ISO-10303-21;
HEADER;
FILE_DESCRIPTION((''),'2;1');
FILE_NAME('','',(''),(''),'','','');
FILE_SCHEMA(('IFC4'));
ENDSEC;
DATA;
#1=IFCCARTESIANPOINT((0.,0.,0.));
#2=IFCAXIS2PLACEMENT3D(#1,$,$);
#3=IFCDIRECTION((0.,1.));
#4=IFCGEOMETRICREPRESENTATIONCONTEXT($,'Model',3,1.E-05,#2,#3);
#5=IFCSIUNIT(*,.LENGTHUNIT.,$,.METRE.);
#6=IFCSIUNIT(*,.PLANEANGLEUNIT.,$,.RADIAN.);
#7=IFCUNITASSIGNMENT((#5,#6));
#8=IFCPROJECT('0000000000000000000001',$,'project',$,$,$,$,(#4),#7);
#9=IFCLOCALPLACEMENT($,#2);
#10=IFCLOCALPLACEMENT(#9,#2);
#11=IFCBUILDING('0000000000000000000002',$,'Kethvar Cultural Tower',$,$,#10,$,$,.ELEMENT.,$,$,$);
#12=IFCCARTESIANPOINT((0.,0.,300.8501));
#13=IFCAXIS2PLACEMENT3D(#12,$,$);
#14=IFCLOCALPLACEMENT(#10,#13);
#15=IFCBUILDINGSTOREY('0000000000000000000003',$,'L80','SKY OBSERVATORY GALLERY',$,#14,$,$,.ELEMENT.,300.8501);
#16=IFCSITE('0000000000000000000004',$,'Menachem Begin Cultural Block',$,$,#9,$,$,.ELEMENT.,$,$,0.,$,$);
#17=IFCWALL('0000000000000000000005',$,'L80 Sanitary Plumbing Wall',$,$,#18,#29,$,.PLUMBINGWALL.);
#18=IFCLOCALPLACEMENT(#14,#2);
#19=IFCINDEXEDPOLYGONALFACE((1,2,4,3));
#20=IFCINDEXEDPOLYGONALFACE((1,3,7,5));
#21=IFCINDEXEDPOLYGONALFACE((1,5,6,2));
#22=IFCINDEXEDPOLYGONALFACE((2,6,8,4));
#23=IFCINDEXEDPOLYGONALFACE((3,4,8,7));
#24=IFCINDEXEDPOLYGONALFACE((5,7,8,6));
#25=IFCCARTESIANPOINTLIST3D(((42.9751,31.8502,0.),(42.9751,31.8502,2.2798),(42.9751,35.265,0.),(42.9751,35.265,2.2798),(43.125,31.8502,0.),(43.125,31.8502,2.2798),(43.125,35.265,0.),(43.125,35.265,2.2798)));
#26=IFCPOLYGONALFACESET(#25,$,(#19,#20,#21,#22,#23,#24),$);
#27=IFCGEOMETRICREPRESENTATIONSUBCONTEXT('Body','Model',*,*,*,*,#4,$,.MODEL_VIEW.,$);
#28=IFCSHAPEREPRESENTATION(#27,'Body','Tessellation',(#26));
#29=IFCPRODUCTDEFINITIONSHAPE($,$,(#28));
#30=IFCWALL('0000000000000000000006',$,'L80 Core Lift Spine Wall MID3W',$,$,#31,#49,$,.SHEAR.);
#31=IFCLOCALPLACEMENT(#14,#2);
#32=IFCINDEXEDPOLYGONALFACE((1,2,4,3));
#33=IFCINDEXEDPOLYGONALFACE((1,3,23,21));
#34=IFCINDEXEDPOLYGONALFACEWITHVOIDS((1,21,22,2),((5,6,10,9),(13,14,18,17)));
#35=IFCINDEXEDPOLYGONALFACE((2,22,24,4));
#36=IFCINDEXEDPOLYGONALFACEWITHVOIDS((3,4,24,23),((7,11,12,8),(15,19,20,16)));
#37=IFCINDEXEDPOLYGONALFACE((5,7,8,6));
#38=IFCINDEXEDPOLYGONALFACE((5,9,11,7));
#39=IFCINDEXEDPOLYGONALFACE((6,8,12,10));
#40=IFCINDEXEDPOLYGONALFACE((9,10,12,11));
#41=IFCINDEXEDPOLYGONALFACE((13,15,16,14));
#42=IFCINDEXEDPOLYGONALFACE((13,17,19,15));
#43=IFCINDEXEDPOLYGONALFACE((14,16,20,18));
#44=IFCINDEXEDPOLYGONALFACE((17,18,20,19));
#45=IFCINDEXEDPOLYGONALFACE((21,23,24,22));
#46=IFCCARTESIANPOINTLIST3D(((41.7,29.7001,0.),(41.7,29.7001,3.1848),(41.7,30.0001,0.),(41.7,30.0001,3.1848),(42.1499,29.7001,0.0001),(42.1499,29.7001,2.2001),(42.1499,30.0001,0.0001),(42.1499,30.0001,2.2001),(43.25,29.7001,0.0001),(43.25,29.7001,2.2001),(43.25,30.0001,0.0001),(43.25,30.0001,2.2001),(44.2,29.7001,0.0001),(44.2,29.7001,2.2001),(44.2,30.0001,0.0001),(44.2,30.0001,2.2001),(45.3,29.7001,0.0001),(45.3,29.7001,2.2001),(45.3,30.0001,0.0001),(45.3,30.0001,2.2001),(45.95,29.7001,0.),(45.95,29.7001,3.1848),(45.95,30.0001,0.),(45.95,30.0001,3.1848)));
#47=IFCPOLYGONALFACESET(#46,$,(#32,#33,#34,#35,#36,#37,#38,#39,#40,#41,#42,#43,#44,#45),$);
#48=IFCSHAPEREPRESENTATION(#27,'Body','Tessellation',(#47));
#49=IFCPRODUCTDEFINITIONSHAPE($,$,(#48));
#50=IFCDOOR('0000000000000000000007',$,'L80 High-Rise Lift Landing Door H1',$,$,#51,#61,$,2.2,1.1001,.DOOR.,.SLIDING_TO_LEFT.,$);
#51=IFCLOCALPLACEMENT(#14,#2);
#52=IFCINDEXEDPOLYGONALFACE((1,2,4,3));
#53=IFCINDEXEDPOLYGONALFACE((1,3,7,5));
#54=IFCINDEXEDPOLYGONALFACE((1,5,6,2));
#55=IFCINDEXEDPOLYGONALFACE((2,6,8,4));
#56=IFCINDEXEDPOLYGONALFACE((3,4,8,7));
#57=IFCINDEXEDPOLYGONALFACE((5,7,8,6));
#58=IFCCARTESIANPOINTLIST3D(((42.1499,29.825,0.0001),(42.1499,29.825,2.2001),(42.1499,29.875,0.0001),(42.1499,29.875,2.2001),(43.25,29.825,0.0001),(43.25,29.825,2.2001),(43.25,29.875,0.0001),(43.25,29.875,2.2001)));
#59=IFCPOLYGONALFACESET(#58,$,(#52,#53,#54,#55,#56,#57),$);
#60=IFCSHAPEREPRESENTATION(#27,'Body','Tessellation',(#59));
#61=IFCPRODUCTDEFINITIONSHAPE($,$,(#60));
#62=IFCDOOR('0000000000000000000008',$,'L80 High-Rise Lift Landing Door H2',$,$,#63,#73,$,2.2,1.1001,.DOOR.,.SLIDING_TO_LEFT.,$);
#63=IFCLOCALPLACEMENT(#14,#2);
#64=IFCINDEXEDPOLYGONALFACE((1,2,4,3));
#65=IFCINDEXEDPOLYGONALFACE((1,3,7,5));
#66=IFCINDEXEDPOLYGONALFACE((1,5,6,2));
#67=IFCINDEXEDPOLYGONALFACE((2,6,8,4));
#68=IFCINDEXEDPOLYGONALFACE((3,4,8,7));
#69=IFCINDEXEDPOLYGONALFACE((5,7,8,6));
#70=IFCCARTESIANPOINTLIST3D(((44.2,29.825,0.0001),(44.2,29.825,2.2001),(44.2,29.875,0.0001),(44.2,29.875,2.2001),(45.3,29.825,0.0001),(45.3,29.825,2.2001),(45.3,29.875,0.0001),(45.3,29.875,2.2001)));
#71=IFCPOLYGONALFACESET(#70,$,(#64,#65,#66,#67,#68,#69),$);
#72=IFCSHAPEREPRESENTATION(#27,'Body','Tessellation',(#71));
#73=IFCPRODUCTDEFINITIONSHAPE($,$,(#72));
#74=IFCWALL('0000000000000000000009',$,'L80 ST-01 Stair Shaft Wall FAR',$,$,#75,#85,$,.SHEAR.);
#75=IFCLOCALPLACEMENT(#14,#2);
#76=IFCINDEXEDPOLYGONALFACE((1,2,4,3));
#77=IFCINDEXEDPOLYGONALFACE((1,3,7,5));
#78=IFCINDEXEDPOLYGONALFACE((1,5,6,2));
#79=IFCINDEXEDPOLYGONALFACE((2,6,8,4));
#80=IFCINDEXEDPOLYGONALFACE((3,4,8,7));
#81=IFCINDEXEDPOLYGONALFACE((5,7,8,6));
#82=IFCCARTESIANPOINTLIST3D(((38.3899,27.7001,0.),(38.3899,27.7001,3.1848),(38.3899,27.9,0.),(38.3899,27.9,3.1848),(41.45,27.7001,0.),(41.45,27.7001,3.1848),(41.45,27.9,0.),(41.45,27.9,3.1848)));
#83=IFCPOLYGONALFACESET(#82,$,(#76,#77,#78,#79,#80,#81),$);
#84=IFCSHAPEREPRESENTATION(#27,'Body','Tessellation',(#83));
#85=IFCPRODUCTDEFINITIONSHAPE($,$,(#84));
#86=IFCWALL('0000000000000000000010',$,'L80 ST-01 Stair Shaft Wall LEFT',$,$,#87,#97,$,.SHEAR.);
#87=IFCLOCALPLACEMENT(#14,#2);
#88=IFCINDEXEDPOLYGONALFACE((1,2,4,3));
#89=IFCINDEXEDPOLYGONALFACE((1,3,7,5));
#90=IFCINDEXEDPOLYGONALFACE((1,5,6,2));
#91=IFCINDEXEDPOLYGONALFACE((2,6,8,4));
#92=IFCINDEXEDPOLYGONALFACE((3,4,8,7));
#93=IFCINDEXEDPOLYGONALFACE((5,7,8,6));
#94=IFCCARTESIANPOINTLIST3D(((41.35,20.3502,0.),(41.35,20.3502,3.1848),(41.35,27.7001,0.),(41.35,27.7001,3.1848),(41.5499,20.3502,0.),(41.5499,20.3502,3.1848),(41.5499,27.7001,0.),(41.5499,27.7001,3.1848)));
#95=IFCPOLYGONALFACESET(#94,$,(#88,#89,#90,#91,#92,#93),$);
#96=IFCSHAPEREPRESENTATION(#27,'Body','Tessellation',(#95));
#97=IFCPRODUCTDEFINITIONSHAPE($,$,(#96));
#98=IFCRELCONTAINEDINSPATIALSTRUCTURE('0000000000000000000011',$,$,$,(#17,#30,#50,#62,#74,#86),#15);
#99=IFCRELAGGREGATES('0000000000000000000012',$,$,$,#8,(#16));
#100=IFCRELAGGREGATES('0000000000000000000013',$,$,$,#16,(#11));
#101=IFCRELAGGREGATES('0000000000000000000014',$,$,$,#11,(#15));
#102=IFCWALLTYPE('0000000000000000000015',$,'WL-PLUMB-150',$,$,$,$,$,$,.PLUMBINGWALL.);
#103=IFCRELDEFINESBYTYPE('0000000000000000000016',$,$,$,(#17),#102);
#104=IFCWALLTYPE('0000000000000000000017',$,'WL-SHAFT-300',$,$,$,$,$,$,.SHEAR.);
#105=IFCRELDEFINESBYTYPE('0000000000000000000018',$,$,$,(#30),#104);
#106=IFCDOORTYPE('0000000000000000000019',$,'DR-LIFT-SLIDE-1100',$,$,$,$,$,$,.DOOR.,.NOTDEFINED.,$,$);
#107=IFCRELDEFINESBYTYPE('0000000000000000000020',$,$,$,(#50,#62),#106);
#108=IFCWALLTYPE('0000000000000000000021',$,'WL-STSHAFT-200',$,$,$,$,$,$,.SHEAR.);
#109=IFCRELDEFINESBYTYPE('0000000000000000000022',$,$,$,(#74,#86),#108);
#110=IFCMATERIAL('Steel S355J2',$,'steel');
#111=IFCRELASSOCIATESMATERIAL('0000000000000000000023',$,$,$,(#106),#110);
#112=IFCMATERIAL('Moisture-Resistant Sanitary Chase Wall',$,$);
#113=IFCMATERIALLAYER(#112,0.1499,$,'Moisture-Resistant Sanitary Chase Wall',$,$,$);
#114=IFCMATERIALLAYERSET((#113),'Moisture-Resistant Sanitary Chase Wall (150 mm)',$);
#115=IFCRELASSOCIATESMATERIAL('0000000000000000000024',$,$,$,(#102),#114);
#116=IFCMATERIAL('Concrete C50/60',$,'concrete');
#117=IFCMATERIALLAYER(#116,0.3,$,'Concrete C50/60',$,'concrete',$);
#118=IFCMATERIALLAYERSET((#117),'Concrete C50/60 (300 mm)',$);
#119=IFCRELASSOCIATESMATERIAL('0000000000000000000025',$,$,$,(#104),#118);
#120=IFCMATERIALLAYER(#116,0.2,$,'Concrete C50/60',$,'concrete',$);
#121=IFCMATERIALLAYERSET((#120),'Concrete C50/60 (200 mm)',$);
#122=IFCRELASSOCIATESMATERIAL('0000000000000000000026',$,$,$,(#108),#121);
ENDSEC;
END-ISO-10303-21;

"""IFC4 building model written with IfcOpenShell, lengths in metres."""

from ifc_helpers import new_model, si_unit, direction, frame, frame_2d, origin, place, context, subcontext, project, spatial, rectangle, extrude, source, transform, mapped, material, layer, layer_set, type_object, element, fill, save


model = new_model("IFC4")

# Units and contexts
model_context = context("Model", 3, precision=1e-05, world=origin(), true_north=direction((0.0, 1.0)))
body_context = subcontext(model_context, "Body", "Model", "MODEL_VIEW")
ifc_project = project(units=[si_unit("LENGTHUNIT", "METRE"), si_unit("PLANEANGLEUNIT", "RADIAN")], contexts=[model_context])

# Site, building, storey
site_placement = place(None, origin())
site = spatial("IfcSite", under=ifc_project, at=site_placement, Name="Menachem Begin Cultural Block", CompositionType="ELEMENT", RefElevation=0.0)
building_placement = place(site_placement, origin())
building = spatial("IfcBuilding", under=site, at=building_placement, Name="Kethvar Cultural Tower", CompositionType="ELEMENT")
storey_placement = place(building_placement, frame((0.0, 0.0, 300.8501)))
storey = spatial("IfcBuildingStorey", under=building, at=storey_placement, Name="L80", Description="SKY OBSERVATORY GALLERY", CompositionType="ELEMENT", Elevation=300.8501)

# Shared definitions
ifc_material_1 = material(Name="Steel S355J2", Category="steel")

# Shared definitions
ifc_material_2 = material(Name="Concrete C50/60", Category="concrete")
door_type = type_object("IfcDoorType", Name="DR-LIFT-SLIDE-1100", OperationType="NOTDEFINED", PredefinedType="DOOR", material=ifc_material_1)
shared_shape_1 = source(origin(), body_context, "Body", "SweptSolid", [
    extrude(rectangle(XDim=1.1001, YDim=2.2, at=frame_2d((0.55, 1.1001))), frame((0.0, 0.0249, 0.0), z_axis=(0.0, -1.0, 0.0), x_axis=(1.0, 0.0, 0.0)), (0.0, 0.0, 1.0), 0.05),
])

# Wall
ifc_material_3 = material(Name="Moisture-Resistant Sanitary Chase Wall")
ifc_layer_1 = layer(ifc_material_3, 0.1499, Name="Moisture-Resistant Sanitary Chase Wall")
ifc_layer_set_1 = layer_set([ifc_layer_1], Name="Moisture-Resistant Sanitary Chase Wall (150 mm)")
wall_type_1 = type_object("IfcWallType", Name="WL-PLUMB-150", PredefinedType="PLUMBINGWALL", material=ifc_layer_set_1)
wall_1_placement = place(storey_placement, frame((43.05, 31.8501, 0.0), z_axis=(0.0, 0.0, 1.0), x_axis=(0.0, 1.0, 0.0)))
element("IfcWall", 1, at=wall_1_placement, inside=storey, type_object=wall_type_1, Name="L80 Sanitary Plumbing Wall", PredefinedType="PLUMBINGWALL", context=body_context, shape_type="SweptSolid", body=[
    extrude(rectangle(XDim=3.4148, YDim=0.1499, at=frame_2d((1.7075, 0.0))), origin(), (0.0, 0.0, 1.0), 2.2798),
])

# Wall, openings, doors
ifc_layer_2 = layer(ifc_material_2, 0.3, Name="Concrete C50/60", Category="concrete")
ifc_layer_set_2 = layer_set([ifc_layer_2], Name="Concrete C50/60 (300 mm)")
wall_type_2 = type_object("IfcWallType", Name="WL-SHAFT-300", PredefinedType="SHEAR", material=ifc_layer_set_2)
wall_2_placement = place(storey_placement, frame((41.7, 29.8501, 0.0), z_axis=(0.0, 0.0, 1.0), x_axis=(1.0, 0.0, 0.0)))
wall_2 = element("IfcWall", 2, at=wall_2_placement, inside=storey, type_object=wall_type_2, Name="L80 Core Lift Spine Wall MID3W", PredefinedType="SHEAR", context=body_context, shape_type="SweptSolid", body=[
    extrude(rectangle(XDim=4.25, YDim=0.3, at=frame_2d((2.125, 0.0))), origin(), (0.0, 0.0, 1.0), 3.1848),
])
opening_1_placement = place(wall_2_placement, frame((0.45, 0.0, 0.0)))
opening_1 = element("IfcOpeningElement", 3, at=opening_1_placement, cuts=wall_2, PredefinedType="OPENING", context=body_context, shape_type="SweptSolid", body=[
    extrude(rectangle(XDim=1.1001, YDim=2.2, at=frame_2d((0.55, 1.1001))), frame((0.0, 0.1599, 0.0), z_axis=(0.0, -1.0, 0.0), x_axis=(1.0, 0.0, 0.0)), (0.0, 0.0, 1.0), 0.3201),
])
opening_2_placement = place(wall_2_placement, frame((2.5, 0.0, 0.0)))
opening_2 = element("IfcOpeningElement", 4, at=opening_2_placement, cuts=wall_2, PredefinedType="OPENING", context=body_context, shape_type="SweptSolid", body=[
    extrude(rectangle(XDim=1.1001, YDim=2.2, at=frame_2d((0.55, 1.1001))), frame((0.0, 0.1599, 0.0), z_axis=(0.0, -1.0, 0.0), x_axis=(1.0, 0.0, 0.0)), (0.0, 0.0, 1.0), 0.3201),
])
door_1_placement = place(opening_1_placement, origin())
door_1 = element("IfcDoor", 5, at=door_1_placement, inside=storey, type_object=door_type, Name="L80 High-Rise Lift Landing Door H1", OperationType="SLIDING_TO_LEFT", OverallHeight=2.2, OverallWidth=1.1001, PredefinedType="DOOR", context=body_context, shape_type="MappedRepresentation", body=[
    mapped(shared_shape_1, transform((0.0, 0.0, 0.0), scale=1.0)),
])
fill(opening_1, door_1)
door_2_placement = place(opening_2_placement, origin())
door_2 = element("IfcDoor", 6, at=door_2_placement, inside=storey, type_object=door_type, Name="L80 High-Rise Lift Landing Door H2", OperationType="SLIDING_TO_LEFT", OverallHeight=2.2, OverallWidth=1.1001, PredefinedType="DOOR", context=body_context, shape_type="MappedRepresentation", body=[
    mapped(shared_shape_1, transform((0.0, 0.0, 0.0), scale=1.0)),
])
fill(opening_2, door_2)

# Walls
ifc_layer_3 = layer(ifc_material_2, 0.2, Name="Concrete C50/60", Category="concrete")
ifc_layer_set_3 = layer_set([ifc_layer_3], Name="Concrete C50/60 (200 mm)")
wall_type_3 = type_object("IfcWallType", Name="WL-STSHAFT-200", PredefinedType="SHEAR", material=ifc_layer_set_3)
wall_3_placement = place(storey_placement, frame((38.3899, 27.8, 0.0), z_axis=(0.0, 0.0, 1.0), x_axis=(1.0, 0.0, 0.0)))
element("IfcWall", 7, at=wall_3_placement, inside=storey, type_object=wall_type_3, Name="L80 ST-01 Stair Shaft Wall FAR", PredefinedType="SHEAR", context=body_context, shape_type="SweptSolid", body=[
    extrude(rectangle(XDim=3.0601, YDim=0.2, at=frame_2d((1.53, 0.0))), origin(), (0.0, 0.0, 1.0), 3.1848),
])
wall_4_placement = place(storey_placement, frame((41.45, 27.7, 0.0), z_axis=(0.0, 0.0, 1.0), x_axis=(0.0, -1.0, 0.0)))
element("IfcWall", 8, at=wall_4_placement, inside=storey, type_object=wall_type_3, Name="L80 ST-01 Stair Shaft Wall LEFT", PredefinedType="SHEAR", context=body_context, shape_type="SweptSolid", body=[
    extrude(rectangle(XDim=7.3499, YDim=0.2, at=frame_2d((3.6748, 0.0))), origin(), (0.0, 0.0, 1.0), 3.1848),
])

save(model, "model.ifc")
